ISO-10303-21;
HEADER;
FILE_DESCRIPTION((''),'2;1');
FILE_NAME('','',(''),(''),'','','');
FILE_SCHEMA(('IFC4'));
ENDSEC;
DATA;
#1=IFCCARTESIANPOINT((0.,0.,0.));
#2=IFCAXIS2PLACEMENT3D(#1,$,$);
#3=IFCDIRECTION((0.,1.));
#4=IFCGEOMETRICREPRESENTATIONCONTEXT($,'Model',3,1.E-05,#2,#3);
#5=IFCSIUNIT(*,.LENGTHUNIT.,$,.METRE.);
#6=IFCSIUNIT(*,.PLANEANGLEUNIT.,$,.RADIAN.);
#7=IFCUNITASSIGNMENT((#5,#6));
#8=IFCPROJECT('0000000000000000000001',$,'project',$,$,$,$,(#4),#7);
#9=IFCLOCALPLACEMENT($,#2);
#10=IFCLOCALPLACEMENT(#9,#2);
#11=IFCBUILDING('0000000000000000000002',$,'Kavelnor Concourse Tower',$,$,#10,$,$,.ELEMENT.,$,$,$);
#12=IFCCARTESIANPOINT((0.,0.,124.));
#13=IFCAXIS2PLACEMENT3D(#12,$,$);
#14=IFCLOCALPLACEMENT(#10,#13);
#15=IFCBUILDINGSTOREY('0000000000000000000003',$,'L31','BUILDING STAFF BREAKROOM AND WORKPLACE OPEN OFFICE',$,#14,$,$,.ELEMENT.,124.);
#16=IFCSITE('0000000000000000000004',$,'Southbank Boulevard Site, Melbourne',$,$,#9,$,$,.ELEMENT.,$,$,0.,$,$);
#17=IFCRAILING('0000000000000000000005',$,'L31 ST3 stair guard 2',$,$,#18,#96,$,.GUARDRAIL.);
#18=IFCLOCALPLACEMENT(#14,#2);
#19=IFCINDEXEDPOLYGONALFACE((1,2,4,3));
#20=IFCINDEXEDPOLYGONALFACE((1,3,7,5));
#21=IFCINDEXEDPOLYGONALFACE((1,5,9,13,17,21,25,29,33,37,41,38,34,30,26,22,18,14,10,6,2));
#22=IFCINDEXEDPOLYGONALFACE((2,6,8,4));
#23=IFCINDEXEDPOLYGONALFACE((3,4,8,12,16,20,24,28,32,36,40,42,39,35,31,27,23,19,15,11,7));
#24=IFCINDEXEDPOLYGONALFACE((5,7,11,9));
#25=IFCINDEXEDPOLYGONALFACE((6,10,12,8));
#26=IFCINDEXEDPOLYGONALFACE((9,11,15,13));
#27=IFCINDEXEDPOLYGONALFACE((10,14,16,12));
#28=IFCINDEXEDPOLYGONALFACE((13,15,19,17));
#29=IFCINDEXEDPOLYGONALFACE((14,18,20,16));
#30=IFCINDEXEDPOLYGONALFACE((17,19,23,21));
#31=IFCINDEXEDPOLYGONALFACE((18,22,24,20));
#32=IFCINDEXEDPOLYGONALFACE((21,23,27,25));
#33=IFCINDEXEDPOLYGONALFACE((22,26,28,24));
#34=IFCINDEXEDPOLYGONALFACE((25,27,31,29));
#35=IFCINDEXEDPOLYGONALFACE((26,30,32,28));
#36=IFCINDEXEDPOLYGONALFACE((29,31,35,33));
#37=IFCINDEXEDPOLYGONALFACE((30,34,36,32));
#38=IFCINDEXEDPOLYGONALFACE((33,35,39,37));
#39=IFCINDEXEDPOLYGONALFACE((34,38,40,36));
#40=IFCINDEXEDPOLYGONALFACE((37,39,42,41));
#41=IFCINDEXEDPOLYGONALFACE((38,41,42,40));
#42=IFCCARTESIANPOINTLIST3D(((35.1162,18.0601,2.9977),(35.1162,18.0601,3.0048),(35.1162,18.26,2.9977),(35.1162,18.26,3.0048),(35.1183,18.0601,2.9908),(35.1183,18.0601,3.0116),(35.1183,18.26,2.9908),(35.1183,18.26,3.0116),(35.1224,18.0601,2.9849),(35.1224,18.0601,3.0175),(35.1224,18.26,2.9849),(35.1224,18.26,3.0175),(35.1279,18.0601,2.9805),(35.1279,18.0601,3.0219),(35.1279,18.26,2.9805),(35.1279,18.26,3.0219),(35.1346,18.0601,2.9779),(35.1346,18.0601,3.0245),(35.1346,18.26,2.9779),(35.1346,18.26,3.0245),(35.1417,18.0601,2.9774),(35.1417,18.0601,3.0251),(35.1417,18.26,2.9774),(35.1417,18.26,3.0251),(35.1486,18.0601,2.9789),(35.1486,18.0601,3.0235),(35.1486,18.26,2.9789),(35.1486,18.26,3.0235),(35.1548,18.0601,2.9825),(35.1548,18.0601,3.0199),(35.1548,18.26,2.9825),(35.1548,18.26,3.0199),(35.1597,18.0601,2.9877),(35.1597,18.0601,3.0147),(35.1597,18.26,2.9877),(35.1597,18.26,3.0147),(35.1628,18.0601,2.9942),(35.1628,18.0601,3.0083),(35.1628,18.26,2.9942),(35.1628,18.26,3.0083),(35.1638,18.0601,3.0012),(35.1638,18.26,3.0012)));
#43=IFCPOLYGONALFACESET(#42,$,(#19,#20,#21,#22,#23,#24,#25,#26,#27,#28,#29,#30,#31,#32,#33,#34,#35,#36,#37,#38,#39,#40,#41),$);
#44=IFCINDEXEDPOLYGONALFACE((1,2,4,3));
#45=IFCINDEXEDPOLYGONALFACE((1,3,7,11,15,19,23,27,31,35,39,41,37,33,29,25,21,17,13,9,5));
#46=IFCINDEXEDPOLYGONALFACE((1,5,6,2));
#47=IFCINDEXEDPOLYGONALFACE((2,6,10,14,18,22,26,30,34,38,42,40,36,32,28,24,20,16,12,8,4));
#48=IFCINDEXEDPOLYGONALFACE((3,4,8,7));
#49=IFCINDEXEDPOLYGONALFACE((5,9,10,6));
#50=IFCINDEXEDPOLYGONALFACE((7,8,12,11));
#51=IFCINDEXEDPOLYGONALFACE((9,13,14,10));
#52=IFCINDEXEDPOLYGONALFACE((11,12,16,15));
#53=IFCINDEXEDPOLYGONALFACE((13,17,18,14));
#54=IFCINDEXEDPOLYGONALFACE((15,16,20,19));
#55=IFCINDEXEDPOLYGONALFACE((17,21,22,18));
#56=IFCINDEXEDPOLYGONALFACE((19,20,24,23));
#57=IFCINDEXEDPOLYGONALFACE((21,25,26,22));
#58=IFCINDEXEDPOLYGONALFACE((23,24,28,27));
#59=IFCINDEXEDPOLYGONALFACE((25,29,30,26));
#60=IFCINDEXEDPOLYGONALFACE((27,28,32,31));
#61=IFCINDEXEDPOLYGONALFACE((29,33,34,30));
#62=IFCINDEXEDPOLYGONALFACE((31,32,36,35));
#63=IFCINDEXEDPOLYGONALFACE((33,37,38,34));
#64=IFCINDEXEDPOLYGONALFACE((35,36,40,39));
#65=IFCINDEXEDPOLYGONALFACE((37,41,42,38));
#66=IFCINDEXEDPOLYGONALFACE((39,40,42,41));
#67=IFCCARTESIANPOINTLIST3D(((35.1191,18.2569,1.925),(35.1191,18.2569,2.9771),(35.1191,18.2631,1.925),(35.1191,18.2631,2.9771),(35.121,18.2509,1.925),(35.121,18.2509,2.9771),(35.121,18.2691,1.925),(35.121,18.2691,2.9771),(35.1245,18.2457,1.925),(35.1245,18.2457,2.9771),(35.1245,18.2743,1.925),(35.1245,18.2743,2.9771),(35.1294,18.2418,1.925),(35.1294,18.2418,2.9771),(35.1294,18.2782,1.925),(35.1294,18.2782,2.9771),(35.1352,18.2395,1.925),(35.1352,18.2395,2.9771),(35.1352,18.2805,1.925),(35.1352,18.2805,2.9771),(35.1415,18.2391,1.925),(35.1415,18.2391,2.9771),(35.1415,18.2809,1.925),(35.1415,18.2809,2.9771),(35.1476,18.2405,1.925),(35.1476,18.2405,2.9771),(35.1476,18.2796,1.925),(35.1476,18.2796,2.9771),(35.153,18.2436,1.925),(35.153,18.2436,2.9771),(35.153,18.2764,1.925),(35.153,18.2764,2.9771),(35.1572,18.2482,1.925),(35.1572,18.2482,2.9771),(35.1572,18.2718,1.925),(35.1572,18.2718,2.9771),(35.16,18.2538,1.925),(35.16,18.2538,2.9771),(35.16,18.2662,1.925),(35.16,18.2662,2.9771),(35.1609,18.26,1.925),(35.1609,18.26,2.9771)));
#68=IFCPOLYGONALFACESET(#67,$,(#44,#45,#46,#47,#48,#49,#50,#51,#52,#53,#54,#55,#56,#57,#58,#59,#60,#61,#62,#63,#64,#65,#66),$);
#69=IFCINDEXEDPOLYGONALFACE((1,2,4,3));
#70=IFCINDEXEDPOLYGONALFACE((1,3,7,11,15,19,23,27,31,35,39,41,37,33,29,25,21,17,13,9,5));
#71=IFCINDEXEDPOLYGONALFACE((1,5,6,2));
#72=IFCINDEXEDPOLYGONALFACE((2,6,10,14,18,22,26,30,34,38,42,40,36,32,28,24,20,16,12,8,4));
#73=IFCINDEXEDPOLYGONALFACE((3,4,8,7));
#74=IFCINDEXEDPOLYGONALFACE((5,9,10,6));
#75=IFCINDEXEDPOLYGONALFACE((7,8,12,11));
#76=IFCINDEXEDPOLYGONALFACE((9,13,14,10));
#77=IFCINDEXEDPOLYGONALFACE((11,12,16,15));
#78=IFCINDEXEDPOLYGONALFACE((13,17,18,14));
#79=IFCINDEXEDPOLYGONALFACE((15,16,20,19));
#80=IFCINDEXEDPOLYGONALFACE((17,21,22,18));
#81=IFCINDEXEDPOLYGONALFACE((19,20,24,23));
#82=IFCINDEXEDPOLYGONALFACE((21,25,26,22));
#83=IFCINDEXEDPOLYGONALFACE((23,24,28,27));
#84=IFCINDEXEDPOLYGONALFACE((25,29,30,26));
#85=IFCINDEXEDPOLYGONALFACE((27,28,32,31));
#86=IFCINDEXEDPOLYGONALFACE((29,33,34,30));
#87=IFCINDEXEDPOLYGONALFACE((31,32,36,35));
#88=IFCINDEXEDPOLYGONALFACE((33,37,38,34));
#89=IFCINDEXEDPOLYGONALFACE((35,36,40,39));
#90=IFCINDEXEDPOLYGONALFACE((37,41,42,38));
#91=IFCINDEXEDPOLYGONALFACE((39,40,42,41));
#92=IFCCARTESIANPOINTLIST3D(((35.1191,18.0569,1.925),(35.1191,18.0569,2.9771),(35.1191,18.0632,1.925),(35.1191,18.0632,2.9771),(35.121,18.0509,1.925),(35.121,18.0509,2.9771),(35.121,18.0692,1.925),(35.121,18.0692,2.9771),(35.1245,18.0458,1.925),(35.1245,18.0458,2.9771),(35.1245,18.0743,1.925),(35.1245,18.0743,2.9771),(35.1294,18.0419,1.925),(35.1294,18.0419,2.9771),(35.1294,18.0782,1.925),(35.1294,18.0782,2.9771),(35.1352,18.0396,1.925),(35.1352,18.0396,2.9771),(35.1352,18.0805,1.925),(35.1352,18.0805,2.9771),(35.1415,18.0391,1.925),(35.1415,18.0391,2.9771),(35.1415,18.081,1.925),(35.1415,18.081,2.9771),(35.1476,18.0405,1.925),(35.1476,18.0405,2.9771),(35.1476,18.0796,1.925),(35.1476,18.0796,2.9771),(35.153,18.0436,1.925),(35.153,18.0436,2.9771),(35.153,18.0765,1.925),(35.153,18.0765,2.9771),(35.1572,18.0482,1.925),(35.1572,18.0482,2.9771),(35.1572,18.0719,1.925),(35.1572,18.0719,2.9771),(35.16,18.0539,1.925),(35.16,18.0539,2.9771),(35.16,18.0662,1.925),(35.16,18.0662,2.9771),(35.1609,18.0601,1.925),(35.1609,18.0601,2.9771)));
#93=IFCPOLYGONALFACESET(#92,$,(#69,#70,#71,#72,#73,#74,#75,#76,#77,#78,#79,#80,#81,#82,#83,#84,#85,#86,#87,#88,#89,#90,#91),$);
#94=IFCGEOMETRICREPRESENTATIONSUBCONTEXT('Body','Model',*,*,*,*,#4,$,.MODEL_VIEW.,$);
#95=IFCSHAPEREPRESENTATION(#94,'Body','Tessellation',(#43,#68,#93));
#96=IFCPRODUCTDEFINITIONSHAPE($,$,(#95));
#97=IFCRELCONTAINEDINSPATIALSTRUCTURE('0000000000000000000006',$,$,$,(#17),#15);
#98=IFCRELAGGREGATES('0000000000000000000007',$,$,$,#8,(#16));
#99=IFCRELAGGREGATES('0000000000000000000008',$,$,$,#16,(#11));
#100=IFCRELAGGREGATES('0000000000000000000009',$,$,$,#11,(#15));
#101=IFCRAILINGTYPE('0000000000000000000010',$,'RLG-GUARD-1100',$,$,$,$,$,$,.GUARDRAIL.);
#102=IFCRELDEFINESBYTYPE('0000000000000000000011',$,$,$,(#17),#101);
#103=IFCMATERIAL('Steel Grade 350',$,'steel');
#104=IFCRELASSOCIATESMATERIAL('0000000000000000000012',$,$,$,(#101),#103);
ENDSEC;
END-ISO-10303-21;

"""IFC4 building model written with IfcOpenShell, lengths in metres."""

from ifc_helpers import new_model, si_unit, direction, frame, origin, origin_2d, place, context, subcontext, project, spatial, circle, extrude, material, type_object, element, save


model = new_model("IFC4")

# Units and contexts
model_context = context("Model", 3, precision=1e-05, world=origin(), true_north=direction((0.0, 1.0)))
body_context = subcontext(model_context, "Body", "Model", "MODEL_VIEW")
ifc_project = project(units=[si_unit("LENGTHUNIT", "METRE"), si_unit("PLANEANGLEUNIT", "RADIAN")], contexts=[model_context])

# Site, building, storey
site_placement = place(None, origin())
site = spatial("IfcSite", under=ifc_project, at=site_placement, Name="Southbank Boulevard Site, Melbourne", CompositionType="ELEMENT", RefElevation=0.0)
building_placement = place(site_placement, origin())
building = spatial("IfcBuilding", under=site, at=building_placement, Name="Kavelnor Concourse Tower", CompositionType="ELEMENT")
storey_placement = place(building_placement, frame((0.0, 0.0, 124.0)))
storey = spatial("IfcBuildingStorey", under=building, at=storey_placement, Name="L31", Description="BUILDING STAFF BREAKROOM AND WORKPLACE OPEN OFFICE", CompositionType="ELEMENT", Elevation=124.0)

# Shared definitions
ifc_material_1 = material(Name="Steel Grade 350", Category="steel")

# Railing
railing_type_1 = type_object("IfcRailingType", Name="RLG-GUARD-1100", PredefinedType="GUARDRAIL", material=ifc_material_1)
railing_1_placement = place(storey_placement, frame((35.1399, 18.26, 1.925)))
element("IfcRailing", 1, at=railing_1_placement, inside=storey, type_object=railing_type_1, Name="L31 ST3 stair guard 2", PredefinedType="GUARDRAIL", context=body_context, shape_type="SweptSolid", body=[
    extrude(circle(Radius=0.0239, at=origin_2d()), frame((0.0, 0.0, 1.0762), z_axis=(0.0, -1.0, 0.0), x_axis=(1.0, 0.0, 0.0)), (0.0, 0.0, 1.0), 0.2),
    extrude(circle(Radius=0.021, at=origin_2d()), origin(), (0.0, 0.0, 1.0), 1.052),
    extrude(circle(Radius=0.021, at=origin_2d()), frame((0.0, -0.2, 0.0)), (0.0, 0.0, 1.0), 1.052),
])

save(model, "model.ifc")
